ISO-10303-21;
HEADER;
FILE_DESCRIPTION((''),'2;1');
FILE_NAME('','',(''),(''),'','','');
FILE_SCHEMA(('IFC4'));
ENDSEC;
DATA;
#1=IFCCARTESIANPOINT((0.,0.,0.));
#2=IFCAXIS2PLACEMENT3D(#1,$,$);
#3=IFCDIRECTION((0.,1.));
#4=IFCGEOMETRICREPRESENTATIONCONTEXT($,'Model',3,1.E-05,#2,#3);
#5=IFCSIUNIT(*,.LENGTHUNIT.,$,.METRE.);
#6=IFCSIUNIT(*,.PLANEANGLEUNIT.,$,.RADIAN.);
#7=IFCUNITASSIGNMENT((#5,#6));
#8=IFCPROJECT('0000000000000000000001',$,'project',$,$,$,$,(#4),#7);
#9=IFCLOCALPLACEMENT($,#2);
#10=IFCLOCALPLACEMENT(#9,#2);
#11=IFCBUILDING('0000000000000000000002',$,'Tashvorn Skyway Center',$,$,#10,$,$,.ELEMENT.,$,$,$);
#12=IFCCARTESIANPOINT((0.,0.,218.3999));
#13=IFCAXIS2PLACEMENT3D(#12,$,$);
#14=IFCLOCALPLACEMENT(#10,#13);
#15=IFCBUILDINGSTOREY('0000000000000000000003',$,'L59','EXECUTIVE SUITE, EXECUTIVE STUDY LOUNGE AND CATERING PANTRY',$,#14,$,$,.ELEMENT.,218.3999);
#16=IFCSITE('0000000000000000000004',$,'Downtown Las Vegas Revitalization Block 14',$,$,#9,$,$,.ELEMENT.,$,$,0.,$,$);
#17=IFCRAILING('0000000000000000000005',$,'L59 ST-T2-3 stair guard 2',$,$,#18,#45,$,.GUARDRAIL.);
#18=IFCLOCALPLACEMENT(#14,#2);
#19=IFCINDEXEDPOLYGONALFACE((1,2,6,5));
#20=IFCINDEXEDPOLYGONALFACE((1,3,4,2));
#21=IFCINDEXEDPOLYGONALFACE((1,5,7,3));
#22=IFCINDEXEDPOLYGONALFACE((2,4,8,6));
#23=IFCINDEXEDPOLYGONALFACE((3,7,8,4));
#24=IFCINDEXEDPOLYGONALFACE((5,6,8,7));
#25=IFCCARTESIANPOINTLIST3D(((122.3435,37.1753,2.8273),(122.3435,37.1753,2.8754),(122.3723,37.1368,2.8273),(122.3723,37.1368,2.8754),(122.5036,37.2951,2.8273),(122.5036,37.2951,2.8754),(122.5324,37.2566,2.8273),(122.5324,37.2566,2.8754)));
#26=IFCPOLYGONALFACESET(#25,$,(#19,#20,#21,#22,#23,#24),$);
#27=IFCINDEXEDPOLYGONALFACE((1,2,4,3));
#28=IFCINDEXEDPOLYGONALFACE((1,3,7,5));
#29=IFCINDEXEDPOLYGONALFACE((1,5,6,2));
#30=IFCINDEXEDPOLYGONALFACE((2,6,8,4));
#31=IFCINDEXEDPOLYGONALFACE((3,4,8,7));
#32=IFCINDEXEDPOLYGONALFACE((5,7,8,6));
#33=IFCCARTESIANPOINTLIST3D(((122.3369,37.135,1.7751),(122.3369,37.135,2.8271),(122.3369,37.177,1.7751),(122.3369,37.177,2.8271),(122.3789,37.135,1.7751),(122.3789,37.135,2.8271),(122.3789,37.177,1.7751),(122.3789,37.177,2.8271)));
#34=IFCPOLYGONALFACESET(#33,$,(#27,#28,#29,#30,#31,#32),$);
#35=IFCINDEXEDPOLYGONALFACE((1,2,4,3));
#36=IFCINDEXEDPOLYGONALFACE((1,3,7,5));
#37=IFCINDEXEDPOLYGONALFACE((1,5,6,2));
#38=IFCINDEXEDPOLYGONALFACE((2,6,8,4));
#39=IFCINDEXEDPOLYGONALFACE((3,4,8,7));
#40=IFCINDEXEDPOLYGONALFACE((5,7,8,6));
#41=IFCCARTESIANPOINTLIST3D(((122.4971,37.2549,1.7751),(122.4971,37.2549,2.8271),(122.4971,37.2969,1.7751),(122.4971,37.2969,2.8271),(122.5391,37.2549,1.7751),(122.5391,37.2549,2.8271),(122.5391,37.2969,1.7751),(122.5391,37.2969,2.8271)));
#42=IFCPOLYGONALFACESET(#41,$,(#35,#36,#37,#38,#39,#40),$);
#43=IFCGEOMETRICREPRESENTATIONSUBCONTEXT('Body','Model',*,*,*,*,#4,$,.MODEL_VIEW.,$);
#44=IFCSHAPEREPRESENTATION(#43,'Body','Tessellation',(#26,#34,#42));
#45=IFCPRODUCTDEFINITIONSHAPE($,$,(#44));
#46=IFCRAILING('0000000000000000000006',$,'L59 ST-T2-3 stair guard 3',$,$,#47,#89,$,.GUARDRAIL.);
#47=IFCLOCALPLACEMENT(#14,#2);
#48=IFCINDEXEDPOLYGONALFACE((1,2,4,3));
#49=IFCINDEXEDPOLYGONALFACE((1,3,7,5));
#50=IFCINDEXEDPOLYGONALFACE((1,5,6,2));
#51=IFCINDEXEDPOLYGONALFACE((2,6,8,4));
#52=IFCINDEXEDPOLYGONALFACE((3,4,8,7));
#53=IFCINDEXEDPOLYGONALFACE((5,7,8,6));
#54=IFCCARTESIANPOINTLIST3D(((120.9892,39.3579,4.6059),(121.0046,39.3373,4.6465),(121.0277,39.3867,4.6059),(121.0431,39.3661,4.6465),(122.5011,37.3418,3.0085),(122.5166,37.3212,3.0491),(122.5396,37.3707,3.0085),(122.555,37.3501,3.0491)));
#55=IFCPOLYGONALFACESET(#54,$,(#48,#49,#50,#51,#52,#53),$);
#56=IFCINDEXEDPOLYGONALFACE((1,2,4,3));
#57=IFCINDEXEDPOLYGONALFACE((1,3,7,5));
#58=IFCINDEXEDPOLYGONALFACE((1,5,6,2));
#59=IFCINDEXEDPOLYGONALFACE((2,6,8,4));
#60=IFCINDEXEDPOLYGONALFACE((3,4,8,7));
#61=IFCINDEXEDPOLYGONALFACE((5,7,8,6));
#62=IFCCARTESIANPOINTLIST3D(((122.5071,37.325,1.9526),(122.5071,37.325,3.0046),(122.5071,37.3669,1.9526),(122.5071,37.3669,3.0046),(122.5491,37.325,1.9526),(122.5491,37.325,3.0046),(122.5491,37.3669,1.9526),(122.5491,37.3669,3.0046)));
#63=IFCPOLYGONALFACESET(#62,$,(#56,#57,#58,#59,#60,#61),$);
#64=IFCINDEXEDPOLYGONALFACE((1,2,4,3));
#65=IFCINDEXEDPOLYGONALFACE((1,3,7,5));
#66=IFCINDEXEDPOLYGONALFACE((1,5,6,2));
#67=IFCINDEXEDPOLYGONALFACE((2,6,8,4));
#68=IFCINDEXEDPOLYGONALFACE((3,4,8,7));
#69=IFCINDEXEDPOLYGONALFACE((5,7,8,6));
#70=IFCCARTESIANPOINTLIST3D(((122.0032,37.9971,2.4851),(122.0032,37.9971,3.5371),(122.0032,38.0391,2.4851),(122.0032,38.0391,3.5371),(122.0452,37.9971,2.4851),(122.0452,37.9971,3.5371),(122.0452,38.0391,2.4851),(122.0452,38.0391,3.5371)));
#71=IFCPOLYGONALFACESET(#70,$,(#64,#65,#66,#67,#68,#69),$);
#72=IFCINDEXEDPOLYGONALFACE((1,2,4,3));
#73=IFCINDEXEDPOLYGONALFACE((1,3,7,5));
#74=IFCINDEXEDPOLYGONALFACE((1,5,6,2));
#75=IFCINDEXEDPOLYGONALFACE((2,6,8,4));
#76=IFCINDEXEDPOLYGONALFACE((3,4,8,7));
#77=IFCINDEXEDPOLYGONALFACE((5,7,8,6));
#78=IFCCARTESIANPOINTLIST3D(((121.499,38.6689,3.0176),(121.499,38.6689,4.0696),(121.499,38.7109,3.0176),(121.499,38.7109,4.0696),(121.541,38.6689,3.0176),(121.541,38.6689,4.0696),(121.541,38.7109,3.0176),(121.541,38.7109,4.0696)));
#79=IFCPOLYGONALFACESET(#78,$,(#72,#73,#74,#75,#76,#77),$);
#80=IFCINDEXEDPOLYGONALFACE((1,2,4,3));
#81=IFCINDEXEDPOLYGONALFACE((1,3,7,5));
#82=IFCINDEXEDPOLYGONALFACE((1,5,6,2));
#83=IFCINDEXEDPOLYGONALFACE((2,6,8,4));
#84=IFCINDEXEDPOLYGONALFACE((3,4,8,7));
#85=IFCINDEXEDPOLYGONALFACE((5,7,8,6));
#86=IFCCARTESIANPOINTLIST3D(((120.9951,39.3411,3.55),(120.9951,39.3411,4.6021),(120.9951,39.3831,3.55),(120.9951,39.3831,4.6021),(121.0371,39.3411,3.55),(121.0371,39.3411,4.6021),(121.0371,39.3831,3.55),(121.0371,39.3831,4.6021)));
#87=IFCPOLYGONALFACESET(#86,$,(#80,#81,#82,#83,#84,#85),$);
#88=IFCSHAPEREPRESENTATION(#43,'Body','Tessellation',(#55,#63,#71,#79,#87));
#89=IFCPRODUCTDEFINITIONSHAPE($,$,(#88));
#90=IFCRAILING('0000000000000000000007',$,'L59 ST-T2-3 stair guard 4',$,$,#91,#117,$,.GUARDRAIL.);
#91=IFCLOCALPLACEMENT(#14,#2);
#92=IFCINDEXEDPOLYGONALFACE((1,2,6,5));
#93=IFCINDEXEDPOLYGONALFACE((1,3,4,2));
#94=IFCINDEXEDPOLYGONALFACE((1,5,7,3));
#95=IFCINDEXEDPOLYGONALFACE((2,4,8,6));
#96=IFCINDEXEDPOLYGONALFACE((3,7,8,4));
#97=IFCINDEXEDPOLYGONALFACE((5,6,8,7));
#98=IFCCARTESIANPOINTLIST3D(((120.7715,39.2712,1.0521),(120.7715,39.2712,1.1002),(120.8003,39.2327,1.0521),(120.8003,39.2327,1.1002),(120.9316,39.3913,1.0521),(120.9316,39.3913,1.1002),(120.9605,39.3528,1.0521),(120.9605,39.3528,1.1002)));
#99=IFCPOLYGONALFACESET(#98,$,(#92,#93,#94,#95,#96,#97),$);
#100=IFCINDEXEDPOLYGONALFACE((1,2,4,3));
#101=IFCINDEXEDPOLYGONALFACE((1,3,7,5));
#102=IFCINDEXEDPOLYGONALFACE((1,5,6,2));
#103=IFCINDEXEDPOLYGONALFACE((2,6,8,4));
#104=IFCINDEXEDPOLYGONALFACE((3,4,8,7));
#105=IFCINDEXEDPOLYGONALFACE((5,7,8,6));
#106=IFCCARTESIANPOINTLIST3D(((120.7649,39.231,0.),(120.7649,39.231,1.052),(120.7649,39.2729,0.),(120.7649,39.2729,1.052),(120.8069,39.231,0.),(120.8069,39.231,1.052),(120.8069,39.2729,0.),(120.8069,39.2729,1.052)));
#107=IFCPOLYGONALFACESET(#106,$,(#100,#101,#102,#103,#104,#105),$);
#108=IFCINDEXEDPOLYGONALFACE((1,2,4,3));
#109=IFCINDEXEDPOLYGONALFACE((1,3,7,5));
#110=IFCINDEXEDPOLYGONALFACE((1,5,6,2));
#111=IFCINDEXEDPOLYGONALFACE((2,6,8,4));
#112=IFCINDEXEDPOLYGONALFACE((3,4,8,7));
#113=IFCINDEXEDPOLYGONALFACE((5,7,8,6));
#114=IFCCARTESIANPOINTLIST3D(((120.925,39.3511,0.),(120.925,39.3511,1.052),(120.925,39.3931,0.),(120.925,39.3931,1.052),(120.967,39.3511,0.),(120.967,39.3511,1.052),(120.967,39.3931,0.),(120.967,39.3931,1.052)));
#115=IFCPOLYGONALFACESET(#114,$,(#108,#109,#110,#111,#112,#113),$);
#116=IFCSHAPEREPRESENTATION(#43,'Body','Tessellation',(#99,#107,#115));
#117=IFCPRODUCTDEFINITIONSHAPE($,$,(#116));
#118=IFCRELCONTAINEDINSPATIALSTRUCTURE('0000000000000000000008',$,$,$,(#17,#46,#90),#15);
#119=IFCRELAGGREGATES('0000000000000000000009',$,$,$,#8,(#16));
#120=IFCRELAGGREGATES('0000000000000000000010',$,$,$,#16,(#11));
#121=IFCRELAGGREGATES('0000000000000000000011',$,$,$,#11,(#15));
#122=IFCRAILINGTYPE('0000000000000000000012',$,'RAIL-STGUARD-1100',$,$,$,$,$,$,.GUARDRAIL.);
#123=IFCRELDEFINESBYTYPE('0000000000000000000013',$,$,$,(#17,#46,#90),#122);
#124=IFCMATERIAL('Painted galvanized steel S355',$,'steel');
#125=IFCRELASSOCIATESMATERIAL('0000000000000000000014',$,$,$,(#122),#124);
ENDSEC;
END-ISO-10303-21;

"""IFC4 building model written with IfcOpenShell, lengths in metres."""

from ifc_helpers import new_model, si_unit, direction, frame, origin, origin_2d, place, context, subcontext, project, spatial, rectangle, extrude, material, type_object, element, save


model = new_model("IFC4")

# Units and contexts
model_context = context("Model", 3, precision=1e-05, world=origin(), true_north=direction((0.0, 1.0)))
body_context = subcontext(model_context, "Body", "Model", "MODEL_VIEW")
ifc_project = project(units=[si_unit("LENGTHUNIT", "METRE"), si_unit("PLANEANGLEUNIT", "RADIAN")], contexts=[model_context])

# Site, building, storey
site_placement = place(None, origin())
site = spatial("IfcSite", under=ifc_project, at=site_placement, Name="Downtown Las Vegas Revitalization Block 14", CompositionType="ELEMENT", RefElevation=0.0)
building_placement = place(site_placement, origin())
building = spatial("IfcBuilding", under=site, at=building_placement, Name="Tashvorn Skyway Center", CompositionType="ELEMENT")
storey_placement = place(building_placement, frame((0.0, 0.0, 218.3999)))
storey = spatial("IfcBuildingStorey", under=building, at=storey_placement, Name="L59", Description="EXECUTIVE SUITE, EXECUTIVE STUDY LOUNGE AND CATERING PANTRY", CompositionType="ELEMENT", Elevation=218.3999)

# Railings
ifc_material_1 = material(Name="Painted galvanized steel S355", Category="steel")
railing_type_1 = type_object("IfcRailingType", Name="RAIL-STGUARD-1100", PredefinedType="GUARDRAIL", material=ifc_material_1)
railing_1_placement = place(storey_placement, frame((122.3579, 37.156, 1.7751)))
element("IfcRailing", 1, at=railing_1_placement, inside=storey, type_object=railing_type_1, Name="L59 ST-T2-3 stair guard 2", PredefinedType="GUARDRAIL", context=body_context, shape_type="SweptSolid", body=[
    extrude(rectangle(XDim=0.0481, YDim=0.0481, at=origin_2d()), frame((0.0, 0.0, 1.0762), z_axis=(0.800585, 0.599219, 0.0), x_axis=(-0.599219, 0.800585, 0.0)), (0.0, 0.0, 1.0), 0.2),
    extrude(rectangle(XDim=0.042, YDim=0.042, at=origin_2d()), origin(), (0.0, 0.0, 1.0), 1.052),
    extrude(rectangle(XDim=0.042, YDim=0.042, at=origin_2d()), frame((0.1602, 0.1199, 0.0)), (0.0, 0.0, 1.0), 1.052),
])
railing_2_placement = place(storey_placement, frame((122.5281, 37.3459, 1.9526)))
element("IfcRailing", 2, at=railing_2_placement, inside=storey, type_object=railing_type_1, Name="L59 ST-T2-3 stair guard 3", PredefinedType="GUARDRAIL", context=body_context, shape_type="SweptSolid", body=[
    extrude(rectangle(XDim=0.0481, YDim=0.0481, at=origin_2d()), frame((0.0, 0.0, 1.0762), z_axis=(-0.506741, 0.675709, 0.535379), x_axis=(-0.800023, -0.599969, 0.0)), (0.0, 0.0, 1.0), 2.9836),
    extrude(rectangle(XDim=0.042, YDim=0.042, at=origin_2d()), origin(), (0.0, 0.0, 1.0), 1.052),
    extrude(rectangle(XDim=0.042, YDim=0.042, at=origin_2d()), frame((-0.5039, 0.6721, 0.5325)), (0.0, 0.0, 1.0), 1.052),
    extrude(rectangle(XDim=0.042, YDim=0.042, at=origin_2d()), frame((-1.0081, 1.344, 1.0649)), (0.0, 0.0, 1.0), 1.052),
    extrude(rectangle(XDim=0.042, YDim=0.042, at=origin_2d()), frame((-1.512, 2.0161, 1.5974)), (0.0, 0.0, 1.0), 1.052),
])
railing_3_placement = place(storey_placement, frame((120.7859, 39.252, 0.0)))
element("IfcRailing", 3, at=railing_3_placement, inside=storey, type_object=railing_type_1, Name="L59 ST-T2-3 stair guard 4", PredefinedType="GUARDRAIL", context=body_context, shape_type="SweptSolid", body=[
    extrude(rectangle(XDim=0.0481, YDim=0.0481, at=origin_2d()), frame((0.0, 0.0, 1.0762), z_axis=(0.8, 0.6, 0.0), x_axis=(-0.6, 0.8, 0.0)), (0.0, 0.0, 1.0), 0.2002),
    extrude(rectangle(XDim=0.042, YDim=0.042, at=origin_2d()), origin(), (0.0, 0.0, 1.0), 1.052),
    extrude(rectangle(XDim=0.042, YDim=0.042, at=origin_2d()), frame((0.1602, 0.1201, 0.0)), (0.0, 0.0, 1.0), 1.052),
])

save(model, "model.ifc")
